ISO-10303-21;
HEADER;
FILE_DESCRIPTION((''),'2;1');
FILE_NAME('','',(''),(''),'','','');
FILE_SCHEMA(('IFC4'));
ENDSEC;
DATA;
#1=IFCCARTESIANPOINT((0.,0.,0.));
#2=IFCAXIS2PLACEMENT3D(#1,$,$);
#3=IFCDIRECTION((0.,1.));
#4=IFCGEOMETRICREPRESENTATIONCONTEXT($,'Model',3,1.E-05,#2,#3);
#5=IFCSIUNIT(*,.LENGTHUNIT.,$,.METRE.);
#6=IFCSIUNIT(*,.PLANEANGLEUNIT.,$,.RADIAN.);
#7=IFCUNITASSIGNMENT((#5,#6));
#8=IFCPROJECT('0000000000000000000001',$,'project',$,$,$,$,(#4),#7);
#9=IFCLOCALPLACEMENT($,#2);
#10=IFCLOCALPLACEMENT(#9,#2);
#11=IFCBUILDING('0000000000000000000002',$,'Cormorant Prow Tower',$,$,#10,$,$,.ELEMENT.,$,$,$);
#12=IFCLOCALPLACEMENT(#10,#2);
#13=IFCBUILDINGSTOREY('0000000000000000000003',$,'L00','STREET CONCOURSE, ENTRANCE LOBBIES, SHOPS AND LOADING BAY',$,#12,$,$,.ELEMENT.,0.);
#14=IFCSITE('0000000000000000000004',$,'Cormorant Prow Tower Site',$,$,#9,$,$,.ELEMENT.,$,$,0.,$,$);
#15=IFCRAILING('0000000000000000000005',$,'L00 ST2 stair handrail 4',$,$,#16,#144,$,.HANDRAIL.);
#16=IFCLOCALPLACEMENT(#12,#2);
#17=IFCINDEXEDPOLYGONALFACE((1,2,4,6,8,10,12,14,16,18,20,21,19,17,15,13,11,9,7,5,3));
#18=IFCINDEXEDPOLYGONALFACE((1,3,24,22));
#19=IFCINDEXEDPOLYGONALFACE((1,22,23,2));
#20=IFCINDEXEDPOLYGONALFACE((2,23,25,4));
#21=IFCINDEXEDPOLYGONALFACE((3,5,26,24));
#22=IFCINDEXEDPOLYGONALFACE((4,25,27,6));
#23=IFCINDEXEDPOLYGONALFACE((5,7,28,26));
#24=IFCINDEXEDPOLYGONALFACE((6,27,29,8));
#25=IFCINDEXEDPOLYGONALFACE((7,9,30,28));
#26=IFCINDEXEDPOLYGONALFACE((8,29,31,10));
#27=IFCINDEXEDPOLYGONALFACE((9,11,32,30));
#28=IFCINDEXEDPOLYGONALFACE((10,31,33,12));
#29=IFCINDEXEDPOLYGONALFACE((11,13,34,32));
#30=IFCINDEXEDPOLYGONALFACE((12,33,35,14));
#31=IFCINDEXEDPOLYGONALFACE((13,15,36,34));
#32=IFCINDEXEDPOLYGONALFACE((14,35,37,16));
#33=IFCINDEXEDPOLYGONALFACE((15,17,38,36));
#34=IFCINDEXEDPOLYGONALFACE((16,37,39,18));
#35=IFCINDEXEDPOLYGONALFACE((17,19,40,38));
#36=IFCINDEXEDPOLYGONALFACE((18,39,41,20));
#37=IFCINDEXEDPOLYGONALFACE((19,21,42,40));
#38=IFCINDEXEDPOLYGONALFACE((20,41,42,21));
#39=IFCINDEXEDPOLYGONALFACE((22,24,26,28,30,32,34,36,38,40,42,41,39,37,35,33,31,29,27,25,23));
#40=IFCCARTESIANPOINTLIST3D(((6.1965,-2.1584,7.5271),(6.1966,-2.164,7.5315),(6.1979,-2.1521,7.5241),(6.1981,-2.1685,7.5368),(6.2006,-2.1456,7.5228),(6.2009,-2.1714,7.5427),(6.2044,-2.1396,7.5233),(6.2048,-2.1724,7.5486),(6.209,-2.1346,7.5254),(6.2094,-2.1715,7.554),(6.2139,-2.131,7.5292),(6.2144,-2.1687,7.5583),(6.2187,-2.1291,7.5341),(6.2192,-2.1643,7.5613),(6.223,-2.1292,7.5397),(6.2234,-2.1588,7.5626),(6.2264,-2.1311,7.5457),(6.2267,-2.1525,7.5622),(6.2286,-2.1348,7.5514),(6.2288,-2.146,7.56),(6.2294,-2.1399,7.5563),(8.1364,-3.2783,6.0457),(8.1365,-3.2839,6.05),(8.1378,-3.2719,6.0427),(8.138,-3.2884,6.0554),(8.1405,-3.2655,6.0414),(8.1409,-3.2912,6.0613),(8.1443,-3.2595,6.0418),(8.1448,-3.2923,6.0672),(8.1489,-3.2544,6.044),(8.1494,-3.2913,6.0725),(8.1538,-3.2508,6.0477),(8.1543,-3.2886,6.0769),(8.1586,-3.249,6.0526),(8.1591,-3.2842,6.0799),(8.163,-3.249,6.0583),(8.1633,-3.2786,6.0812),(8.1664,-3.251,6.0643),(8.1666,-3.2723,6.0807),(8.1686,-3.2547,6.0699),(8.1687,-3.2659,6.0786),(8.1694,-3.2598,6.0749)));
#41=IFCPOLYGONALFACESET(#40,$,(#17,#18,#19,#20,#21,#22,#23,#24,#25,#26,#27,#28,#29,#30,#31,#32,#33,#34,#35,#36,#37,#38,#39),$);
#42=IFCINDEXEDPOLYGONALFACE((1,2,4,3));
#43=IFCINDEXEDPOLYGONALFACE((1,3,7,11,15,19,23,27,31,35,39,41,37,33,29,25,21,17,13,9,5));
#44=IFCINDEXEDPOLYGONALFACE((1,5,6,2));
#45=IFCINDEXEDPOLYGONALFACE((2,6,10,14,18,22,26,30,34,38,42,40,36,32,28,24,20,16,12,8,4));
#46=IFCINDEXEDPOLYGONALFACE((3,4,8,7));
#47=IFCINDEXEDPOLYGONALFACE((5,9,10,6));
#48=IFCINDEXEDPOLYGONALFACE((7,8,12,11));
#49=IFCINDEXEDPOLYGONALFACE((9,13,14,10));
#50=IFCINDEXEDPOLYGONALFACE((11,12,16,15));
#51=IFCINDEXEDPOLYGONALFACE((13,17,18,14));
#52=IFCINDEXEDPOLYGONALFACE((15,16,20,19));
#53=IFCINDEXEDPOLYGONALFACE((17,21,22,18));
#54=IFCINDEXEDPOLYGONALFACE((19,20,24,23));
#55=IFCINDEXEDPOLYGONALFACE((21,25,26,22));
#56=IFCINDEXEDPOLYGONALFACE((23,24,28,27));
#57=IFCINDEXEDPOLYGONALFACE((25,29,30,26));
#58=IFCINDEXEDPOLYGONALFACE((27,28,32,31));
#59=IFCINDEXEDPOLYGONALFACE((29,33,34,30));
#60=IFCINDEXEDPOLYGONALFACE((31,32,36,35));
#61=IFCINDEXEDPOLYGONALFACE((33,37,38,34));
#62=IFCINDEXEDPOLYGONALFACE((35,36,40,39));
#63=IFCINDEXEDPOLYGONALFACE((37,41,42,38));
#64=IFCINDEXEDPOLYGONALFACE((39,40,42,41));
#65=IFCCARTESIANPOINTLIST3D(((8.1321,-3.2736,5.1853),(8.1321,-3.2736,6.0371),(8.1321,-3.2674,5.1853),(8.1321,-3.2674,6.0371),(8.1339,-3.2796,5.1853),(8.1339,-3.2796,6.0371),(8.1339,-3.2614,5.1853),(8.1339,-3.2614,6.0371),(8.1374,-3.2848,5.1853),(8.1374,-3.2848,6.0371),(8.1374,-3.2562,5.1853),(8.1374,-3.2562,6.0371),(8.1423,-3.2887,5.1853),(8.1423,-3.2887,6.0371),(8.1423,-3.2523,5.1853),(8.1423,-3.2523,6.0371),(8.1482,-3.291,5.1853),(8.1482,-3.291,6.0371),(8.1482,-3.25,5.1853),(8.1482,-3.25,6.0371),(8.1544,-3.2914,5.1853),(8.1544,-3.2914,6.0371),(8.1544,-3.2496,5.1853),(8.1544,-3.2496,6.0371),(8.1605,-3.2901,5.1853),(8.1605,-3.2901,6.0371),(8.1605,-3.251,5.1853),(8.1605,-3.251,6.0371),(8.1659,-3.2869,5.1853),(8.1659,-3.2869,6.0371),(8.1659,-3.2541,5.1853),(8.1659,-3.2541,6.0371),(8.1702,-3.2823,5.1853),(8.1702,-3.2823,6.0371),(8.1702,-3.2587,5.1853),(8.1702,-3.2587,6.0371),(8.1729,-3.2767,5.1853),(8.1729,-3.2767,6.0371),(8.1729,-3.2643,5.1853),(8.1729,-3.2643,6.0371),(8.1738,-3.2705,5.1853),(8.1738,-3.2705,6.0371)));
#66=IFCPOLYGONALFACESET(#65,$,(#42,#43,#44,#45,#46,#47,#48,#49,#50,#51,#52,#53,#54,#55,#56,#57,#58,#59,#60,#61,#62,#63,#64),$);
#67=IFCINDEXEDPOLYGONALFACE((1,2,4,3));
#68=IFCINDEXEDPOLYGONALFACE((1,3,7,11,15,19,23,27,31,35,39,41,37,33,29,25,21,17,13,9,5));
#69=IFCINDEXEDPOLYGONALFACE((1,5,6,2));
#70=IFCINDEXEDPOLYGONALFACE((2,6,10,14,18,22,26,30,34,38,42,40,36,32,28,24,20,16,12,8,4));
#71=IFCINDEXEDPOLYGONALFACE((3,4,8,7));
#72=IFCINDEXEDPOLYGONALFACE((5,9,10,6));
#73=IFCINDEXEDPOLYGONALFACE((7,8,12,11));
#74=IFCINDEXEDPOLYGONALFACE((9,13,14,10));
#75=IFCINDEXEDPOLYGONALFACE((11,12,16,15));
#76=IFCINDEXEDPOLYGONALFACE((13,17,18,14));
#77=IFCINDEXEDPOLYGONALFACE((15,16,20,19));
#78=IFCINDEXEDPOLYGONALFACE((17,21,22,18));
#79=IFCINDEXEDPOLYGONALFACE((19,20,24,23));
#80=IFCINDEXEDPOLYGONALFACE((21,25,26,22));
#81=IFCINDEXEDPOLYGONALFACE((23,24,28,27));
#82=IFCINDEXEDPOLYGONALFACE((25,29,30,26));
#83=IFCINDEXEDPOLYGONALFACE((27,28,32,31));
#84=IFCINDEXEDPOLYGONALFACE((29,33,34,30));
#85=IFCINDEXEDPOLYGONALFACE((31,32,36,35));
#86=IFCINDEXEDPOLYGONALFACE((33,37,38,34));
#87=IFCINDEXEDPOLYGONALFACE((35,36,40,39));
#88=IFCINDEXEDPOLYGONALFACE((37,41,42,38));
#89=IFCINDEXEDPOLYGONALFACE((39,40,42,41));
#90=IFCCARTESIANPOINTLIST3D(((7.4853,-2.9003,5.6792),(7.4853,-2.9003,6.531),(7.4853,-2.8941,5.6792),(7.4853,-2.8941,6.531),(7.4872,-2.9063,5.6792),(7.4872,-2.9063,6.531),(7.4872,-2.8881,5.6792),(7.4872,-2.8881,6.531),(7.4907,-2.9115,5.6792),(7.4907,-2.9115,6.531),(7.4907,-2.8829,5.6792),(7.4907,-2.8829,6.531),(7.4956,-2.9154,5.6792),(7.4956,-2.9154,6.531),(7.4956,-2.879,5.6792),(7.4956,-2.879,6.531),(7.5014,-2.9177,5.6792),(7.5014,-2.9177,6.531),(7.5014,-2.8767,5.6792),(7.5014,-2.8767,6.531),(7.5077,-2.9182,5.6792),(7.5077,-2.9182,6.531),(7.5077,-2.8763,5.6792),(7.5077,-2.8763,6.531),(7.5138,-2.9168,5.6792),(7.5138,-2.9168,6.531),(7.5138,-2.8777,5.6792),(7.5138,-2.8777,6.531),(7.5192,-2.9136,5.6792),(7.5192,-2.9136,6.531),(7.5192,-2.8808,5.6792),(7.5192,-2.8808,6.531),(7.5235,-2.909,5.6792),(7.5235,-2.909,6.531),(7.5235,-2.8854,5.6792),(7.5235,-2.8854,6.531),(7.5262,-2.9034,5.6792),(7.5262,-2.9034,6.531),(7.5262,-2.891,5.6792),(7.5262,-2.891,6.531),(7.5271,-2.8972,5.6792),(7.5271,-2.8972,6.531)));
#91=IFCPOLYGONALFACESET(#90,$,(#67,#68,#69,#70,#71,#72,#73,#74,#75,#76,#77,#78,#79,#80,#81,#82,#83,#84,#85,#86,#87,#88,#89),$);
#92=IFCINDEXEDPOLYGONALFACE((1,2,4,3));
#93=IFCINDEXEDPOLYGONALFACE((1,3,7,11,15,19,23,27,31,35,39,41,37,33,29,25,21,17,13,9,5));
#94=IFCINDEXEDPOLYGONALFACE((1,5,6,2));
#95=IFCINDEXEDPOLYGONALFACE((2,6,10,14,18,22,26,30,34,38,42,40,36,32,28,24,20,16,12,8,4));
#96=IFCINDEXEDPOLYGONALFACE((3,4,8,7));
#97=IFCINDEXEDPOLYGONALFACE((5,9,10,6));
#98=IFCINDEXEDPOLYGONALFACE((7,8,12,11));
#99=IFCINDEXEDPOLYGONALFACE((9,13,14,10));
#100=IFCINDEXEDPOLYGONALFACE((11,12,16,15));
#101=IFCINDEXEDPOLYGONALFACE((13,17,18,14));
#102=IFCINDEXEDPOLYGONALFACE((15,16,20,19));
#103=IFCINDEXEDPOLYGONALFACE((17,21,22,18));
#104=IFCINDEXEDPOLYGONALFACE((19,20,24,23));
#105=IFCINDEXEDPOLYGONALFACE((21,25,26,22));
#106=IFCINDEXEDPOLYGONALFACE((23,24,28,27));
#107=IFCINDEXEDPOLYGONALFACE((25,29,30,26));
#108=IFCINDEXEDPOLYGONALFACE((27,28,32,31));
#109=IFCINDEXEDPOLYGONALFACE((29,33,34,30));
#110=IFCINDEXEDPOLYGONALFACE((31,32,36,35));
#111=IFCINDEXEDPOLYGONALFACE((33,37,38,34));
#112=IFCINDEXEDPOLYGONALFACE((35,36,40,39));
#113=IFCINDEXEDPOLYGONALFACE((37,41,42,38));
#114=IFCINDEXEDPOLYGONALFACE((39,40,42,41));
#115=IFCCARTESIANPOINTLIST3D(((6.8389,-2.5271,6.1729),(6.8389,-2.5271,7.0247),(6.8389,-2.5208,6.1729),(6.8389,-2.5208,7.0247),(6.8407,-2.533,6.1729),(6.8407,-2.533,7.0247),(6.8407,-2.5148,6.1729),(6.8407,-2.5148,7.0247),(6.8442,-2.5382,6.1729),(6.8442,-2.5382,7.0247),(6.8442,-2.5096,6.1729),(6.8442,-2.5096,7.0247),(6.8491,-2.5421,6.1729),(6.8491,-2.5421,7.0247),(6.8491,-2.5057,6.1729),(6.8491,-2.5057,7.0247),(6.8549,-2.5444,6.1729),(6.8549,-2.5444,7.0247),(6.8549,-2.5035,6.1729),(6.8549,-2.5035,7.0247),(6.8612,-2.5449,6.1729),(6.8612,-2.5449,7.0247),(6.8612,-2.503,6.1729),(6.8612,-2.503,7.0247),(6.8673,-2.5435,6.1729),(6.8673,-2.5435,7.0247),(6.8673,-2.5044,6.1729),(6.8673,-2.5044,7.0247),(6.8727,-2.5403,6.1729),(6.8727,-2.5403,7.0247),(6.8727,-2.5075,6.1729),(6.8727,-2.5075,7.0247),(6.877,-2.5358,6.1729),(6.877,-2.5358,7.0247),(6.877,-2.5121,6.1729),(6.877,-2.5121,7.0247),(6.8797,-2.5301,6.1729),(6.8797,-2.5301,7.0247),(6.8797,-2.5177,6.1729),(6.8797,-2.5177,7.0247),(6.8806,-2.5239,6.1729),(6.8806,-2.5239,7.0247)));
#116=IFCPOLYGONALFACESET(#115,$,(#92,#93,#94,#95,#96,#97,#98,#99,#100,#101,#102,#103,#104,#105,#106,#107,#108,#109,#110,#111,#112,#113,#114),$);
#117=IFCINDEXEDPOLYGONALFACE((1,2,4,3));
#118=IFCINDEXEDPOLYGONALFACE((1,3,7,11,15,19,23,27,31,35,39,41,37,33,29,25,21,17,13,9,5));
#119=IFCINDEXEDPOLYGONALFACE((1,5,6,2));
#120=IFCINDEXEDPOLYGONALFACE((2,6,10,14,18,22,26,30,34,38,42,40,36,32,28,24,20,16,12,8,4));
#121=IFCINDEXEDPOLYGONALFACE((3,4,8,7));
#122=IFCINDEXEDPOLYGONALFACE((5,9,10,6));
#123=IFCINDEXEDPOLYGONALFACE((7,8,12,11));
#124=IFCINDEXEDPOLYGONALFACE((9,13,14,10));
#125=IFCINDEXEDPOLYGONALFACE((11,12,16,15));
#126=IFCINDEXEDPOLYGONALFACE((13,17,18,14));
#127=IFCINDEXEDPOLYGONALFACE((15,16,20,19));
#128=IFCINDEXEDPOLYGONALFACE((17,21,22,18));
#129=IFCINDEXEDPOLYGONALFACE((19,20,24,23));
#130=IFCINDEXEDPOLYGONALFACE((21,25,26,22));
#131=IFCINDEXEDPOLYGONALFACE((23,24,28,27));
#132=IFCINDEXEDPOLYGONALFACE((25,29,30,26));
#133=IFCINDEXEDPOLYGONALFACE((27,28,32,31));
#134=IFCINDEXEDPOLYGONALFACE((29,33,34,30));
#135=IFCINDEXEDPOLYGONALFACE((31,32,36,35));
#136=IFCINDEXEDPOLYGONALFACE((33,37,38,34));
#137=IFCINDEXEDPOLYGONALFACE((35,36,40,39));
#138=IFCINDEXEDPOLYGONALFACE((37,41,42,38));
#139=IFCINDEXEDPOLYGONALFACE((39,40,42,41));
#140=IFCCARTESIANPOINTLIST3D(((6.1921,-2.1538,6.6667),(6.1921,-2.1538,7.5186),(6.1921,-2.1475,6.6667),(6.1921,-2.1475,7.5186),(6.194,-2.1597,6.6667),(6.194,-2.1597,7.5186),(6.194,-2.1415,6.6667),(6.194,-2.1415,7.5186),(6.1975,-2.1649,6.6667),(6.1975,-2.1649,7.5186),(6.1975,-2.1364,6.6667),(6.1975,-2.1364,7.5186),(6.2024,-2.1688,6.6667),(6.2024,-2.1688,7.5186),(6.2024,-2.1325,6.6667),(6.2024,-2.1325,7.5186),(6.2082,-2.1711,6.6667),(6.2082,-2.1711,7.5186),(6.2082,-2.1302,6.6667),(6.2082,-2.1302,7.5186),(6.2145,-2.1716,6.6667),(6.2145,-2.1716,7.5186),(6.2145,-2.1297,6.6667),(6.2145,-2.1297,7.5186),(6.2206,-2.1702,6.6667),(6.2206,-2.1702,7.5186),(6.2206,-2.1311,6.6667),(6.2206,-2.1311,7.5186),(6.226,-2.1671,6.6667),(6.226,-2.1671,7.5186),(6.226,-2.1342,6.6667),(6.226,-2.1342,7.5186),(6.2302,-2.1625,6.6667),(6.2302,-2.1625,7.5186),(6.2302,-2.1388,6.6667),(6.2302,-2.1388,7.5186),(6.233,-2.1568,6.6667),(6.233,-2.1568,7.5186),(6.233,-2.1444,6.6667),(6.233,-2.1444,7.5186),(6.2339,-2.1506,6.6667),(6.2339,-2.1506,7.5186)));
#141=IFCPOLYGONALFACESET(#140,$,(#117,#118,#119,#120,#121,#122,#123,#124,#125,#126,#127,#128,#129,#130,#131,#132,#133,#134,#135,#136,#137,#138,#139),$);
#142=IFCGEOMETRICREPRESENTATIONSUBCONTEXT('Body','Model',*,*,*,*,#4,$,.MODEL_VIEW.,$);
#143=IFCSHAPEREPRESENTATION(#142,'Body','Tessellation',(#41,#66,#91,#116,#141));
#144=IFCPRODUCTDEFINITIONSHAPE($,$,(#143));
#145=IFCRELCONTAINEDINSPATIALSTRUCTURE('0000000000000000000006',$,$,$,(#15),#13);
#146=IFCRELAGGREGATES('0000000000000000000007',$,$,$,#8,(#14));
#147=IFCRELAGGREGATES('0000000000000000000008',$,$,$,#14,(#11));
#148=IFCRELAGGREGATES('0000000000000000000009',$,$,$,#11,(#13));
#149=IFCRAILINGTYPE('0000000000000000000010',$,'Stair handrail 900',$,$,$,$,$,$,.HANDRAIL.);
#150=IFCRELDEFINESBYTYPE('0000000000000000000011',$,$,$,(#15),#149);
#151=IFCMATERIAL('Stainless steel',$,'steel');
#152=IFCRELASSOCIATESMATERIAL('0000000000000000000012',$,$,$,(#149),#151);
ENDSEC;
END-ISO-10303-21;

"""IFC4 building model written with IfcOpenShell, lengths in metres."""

from ifc_helpers import new_model, si_unit, direction, frame, origin, origin_2d, place, context, subcontext, project, spatial, circle, extrude, material, type_object, element, save


model = new_model("IFC4")

# Units and contexts
model_context = context("Model", 3, precision=1e-05, world=origin(), true_north=direction((0.0, 1.0)))
body_context = subcontext(model_context, "Body", "Model", "MODEL_VIEW")
ifc_project = project(units=[si_unit("LENGTHUNIT", "METRE"), si_unit("PLANEANGLEUNIT", "RADIAN")], contexts=[model_context])

# Site, building, storey
site_placement = place(None, origin())
site = spatial("IfcSite", under=ifc_project, at=site_placement, Name="Cormorant Prow Tower Site", CompositionType="ELEMENT", RefElevation=0.0)
building_placement = place(site_placement, origin())
building = spatial("IfcBuilding", under=site, at=building_placement, Name="Cormorant Prow Tower", CompositionType="ELEMENT")
storey_placement = place(building_placement, origin())
storey = spatial("IfcBuildingStorey", under=building, at=storey_placement, Name="L00", Description="STREET CONCOURSE, ENTRANCE LOBBIES, SHOPS AND LOADING BAY", CompositionType="ELEMENT", Elevation=0.0)

# Railing
ifc_material_1 = material(Name="Stainless steel", Category="steel")
railing_type = type_object("IfcRailingType", Name="Stair handrail 900", PredefinedType="HANDRAIL", material=ifc_material_1)
for number, where, name in (
    (1, (8.1528, -3.2705, 5.1853), "L00 ST2 stair handrail 4"),
):
    element("IfcRailing", number, at=place(storey_placement, frame(where)), inside=storey, type_object=railing_type, Name=name, PredefinedType="HANDRAIL", context=body_context, shape_type="SweptSolid", body=[
        extrude(circle(Radius=0.0239, at=origin_2d()), frame((0.0, 0.0, 0.876), z_axis=(-0.722363, 0.417, 0.551636), x_axis=(-0.499949, -0.866055, 0.0)), (0.0, 0.0, 1.0), 2.6855),
        extrude(circle(Radius=0.021, at=origin_2d()), origin(), (0.0, 0.0, 1.0), 0.8518),
        extrude(circle(Radius=0.021, at=origin_2d()), frame((-0.6467, 0.3733, 0.4939)), (0.0, 0.0, 1.0), 0.8518),
        extrude(circle(Radius=0.021, at=origin_2d()), frame((-1.2932, 0.7466, 0.9875)), (0.0, 0.0, 1.0), 0.8518),
        extrude(circle(Radius=0.021, at=origin_2d()), frame((-1.9399, 1.1199, 1.4814)), (0.0, 0.0, 1.0), 0.8518),
    ])

save(model, "model.ifc")
